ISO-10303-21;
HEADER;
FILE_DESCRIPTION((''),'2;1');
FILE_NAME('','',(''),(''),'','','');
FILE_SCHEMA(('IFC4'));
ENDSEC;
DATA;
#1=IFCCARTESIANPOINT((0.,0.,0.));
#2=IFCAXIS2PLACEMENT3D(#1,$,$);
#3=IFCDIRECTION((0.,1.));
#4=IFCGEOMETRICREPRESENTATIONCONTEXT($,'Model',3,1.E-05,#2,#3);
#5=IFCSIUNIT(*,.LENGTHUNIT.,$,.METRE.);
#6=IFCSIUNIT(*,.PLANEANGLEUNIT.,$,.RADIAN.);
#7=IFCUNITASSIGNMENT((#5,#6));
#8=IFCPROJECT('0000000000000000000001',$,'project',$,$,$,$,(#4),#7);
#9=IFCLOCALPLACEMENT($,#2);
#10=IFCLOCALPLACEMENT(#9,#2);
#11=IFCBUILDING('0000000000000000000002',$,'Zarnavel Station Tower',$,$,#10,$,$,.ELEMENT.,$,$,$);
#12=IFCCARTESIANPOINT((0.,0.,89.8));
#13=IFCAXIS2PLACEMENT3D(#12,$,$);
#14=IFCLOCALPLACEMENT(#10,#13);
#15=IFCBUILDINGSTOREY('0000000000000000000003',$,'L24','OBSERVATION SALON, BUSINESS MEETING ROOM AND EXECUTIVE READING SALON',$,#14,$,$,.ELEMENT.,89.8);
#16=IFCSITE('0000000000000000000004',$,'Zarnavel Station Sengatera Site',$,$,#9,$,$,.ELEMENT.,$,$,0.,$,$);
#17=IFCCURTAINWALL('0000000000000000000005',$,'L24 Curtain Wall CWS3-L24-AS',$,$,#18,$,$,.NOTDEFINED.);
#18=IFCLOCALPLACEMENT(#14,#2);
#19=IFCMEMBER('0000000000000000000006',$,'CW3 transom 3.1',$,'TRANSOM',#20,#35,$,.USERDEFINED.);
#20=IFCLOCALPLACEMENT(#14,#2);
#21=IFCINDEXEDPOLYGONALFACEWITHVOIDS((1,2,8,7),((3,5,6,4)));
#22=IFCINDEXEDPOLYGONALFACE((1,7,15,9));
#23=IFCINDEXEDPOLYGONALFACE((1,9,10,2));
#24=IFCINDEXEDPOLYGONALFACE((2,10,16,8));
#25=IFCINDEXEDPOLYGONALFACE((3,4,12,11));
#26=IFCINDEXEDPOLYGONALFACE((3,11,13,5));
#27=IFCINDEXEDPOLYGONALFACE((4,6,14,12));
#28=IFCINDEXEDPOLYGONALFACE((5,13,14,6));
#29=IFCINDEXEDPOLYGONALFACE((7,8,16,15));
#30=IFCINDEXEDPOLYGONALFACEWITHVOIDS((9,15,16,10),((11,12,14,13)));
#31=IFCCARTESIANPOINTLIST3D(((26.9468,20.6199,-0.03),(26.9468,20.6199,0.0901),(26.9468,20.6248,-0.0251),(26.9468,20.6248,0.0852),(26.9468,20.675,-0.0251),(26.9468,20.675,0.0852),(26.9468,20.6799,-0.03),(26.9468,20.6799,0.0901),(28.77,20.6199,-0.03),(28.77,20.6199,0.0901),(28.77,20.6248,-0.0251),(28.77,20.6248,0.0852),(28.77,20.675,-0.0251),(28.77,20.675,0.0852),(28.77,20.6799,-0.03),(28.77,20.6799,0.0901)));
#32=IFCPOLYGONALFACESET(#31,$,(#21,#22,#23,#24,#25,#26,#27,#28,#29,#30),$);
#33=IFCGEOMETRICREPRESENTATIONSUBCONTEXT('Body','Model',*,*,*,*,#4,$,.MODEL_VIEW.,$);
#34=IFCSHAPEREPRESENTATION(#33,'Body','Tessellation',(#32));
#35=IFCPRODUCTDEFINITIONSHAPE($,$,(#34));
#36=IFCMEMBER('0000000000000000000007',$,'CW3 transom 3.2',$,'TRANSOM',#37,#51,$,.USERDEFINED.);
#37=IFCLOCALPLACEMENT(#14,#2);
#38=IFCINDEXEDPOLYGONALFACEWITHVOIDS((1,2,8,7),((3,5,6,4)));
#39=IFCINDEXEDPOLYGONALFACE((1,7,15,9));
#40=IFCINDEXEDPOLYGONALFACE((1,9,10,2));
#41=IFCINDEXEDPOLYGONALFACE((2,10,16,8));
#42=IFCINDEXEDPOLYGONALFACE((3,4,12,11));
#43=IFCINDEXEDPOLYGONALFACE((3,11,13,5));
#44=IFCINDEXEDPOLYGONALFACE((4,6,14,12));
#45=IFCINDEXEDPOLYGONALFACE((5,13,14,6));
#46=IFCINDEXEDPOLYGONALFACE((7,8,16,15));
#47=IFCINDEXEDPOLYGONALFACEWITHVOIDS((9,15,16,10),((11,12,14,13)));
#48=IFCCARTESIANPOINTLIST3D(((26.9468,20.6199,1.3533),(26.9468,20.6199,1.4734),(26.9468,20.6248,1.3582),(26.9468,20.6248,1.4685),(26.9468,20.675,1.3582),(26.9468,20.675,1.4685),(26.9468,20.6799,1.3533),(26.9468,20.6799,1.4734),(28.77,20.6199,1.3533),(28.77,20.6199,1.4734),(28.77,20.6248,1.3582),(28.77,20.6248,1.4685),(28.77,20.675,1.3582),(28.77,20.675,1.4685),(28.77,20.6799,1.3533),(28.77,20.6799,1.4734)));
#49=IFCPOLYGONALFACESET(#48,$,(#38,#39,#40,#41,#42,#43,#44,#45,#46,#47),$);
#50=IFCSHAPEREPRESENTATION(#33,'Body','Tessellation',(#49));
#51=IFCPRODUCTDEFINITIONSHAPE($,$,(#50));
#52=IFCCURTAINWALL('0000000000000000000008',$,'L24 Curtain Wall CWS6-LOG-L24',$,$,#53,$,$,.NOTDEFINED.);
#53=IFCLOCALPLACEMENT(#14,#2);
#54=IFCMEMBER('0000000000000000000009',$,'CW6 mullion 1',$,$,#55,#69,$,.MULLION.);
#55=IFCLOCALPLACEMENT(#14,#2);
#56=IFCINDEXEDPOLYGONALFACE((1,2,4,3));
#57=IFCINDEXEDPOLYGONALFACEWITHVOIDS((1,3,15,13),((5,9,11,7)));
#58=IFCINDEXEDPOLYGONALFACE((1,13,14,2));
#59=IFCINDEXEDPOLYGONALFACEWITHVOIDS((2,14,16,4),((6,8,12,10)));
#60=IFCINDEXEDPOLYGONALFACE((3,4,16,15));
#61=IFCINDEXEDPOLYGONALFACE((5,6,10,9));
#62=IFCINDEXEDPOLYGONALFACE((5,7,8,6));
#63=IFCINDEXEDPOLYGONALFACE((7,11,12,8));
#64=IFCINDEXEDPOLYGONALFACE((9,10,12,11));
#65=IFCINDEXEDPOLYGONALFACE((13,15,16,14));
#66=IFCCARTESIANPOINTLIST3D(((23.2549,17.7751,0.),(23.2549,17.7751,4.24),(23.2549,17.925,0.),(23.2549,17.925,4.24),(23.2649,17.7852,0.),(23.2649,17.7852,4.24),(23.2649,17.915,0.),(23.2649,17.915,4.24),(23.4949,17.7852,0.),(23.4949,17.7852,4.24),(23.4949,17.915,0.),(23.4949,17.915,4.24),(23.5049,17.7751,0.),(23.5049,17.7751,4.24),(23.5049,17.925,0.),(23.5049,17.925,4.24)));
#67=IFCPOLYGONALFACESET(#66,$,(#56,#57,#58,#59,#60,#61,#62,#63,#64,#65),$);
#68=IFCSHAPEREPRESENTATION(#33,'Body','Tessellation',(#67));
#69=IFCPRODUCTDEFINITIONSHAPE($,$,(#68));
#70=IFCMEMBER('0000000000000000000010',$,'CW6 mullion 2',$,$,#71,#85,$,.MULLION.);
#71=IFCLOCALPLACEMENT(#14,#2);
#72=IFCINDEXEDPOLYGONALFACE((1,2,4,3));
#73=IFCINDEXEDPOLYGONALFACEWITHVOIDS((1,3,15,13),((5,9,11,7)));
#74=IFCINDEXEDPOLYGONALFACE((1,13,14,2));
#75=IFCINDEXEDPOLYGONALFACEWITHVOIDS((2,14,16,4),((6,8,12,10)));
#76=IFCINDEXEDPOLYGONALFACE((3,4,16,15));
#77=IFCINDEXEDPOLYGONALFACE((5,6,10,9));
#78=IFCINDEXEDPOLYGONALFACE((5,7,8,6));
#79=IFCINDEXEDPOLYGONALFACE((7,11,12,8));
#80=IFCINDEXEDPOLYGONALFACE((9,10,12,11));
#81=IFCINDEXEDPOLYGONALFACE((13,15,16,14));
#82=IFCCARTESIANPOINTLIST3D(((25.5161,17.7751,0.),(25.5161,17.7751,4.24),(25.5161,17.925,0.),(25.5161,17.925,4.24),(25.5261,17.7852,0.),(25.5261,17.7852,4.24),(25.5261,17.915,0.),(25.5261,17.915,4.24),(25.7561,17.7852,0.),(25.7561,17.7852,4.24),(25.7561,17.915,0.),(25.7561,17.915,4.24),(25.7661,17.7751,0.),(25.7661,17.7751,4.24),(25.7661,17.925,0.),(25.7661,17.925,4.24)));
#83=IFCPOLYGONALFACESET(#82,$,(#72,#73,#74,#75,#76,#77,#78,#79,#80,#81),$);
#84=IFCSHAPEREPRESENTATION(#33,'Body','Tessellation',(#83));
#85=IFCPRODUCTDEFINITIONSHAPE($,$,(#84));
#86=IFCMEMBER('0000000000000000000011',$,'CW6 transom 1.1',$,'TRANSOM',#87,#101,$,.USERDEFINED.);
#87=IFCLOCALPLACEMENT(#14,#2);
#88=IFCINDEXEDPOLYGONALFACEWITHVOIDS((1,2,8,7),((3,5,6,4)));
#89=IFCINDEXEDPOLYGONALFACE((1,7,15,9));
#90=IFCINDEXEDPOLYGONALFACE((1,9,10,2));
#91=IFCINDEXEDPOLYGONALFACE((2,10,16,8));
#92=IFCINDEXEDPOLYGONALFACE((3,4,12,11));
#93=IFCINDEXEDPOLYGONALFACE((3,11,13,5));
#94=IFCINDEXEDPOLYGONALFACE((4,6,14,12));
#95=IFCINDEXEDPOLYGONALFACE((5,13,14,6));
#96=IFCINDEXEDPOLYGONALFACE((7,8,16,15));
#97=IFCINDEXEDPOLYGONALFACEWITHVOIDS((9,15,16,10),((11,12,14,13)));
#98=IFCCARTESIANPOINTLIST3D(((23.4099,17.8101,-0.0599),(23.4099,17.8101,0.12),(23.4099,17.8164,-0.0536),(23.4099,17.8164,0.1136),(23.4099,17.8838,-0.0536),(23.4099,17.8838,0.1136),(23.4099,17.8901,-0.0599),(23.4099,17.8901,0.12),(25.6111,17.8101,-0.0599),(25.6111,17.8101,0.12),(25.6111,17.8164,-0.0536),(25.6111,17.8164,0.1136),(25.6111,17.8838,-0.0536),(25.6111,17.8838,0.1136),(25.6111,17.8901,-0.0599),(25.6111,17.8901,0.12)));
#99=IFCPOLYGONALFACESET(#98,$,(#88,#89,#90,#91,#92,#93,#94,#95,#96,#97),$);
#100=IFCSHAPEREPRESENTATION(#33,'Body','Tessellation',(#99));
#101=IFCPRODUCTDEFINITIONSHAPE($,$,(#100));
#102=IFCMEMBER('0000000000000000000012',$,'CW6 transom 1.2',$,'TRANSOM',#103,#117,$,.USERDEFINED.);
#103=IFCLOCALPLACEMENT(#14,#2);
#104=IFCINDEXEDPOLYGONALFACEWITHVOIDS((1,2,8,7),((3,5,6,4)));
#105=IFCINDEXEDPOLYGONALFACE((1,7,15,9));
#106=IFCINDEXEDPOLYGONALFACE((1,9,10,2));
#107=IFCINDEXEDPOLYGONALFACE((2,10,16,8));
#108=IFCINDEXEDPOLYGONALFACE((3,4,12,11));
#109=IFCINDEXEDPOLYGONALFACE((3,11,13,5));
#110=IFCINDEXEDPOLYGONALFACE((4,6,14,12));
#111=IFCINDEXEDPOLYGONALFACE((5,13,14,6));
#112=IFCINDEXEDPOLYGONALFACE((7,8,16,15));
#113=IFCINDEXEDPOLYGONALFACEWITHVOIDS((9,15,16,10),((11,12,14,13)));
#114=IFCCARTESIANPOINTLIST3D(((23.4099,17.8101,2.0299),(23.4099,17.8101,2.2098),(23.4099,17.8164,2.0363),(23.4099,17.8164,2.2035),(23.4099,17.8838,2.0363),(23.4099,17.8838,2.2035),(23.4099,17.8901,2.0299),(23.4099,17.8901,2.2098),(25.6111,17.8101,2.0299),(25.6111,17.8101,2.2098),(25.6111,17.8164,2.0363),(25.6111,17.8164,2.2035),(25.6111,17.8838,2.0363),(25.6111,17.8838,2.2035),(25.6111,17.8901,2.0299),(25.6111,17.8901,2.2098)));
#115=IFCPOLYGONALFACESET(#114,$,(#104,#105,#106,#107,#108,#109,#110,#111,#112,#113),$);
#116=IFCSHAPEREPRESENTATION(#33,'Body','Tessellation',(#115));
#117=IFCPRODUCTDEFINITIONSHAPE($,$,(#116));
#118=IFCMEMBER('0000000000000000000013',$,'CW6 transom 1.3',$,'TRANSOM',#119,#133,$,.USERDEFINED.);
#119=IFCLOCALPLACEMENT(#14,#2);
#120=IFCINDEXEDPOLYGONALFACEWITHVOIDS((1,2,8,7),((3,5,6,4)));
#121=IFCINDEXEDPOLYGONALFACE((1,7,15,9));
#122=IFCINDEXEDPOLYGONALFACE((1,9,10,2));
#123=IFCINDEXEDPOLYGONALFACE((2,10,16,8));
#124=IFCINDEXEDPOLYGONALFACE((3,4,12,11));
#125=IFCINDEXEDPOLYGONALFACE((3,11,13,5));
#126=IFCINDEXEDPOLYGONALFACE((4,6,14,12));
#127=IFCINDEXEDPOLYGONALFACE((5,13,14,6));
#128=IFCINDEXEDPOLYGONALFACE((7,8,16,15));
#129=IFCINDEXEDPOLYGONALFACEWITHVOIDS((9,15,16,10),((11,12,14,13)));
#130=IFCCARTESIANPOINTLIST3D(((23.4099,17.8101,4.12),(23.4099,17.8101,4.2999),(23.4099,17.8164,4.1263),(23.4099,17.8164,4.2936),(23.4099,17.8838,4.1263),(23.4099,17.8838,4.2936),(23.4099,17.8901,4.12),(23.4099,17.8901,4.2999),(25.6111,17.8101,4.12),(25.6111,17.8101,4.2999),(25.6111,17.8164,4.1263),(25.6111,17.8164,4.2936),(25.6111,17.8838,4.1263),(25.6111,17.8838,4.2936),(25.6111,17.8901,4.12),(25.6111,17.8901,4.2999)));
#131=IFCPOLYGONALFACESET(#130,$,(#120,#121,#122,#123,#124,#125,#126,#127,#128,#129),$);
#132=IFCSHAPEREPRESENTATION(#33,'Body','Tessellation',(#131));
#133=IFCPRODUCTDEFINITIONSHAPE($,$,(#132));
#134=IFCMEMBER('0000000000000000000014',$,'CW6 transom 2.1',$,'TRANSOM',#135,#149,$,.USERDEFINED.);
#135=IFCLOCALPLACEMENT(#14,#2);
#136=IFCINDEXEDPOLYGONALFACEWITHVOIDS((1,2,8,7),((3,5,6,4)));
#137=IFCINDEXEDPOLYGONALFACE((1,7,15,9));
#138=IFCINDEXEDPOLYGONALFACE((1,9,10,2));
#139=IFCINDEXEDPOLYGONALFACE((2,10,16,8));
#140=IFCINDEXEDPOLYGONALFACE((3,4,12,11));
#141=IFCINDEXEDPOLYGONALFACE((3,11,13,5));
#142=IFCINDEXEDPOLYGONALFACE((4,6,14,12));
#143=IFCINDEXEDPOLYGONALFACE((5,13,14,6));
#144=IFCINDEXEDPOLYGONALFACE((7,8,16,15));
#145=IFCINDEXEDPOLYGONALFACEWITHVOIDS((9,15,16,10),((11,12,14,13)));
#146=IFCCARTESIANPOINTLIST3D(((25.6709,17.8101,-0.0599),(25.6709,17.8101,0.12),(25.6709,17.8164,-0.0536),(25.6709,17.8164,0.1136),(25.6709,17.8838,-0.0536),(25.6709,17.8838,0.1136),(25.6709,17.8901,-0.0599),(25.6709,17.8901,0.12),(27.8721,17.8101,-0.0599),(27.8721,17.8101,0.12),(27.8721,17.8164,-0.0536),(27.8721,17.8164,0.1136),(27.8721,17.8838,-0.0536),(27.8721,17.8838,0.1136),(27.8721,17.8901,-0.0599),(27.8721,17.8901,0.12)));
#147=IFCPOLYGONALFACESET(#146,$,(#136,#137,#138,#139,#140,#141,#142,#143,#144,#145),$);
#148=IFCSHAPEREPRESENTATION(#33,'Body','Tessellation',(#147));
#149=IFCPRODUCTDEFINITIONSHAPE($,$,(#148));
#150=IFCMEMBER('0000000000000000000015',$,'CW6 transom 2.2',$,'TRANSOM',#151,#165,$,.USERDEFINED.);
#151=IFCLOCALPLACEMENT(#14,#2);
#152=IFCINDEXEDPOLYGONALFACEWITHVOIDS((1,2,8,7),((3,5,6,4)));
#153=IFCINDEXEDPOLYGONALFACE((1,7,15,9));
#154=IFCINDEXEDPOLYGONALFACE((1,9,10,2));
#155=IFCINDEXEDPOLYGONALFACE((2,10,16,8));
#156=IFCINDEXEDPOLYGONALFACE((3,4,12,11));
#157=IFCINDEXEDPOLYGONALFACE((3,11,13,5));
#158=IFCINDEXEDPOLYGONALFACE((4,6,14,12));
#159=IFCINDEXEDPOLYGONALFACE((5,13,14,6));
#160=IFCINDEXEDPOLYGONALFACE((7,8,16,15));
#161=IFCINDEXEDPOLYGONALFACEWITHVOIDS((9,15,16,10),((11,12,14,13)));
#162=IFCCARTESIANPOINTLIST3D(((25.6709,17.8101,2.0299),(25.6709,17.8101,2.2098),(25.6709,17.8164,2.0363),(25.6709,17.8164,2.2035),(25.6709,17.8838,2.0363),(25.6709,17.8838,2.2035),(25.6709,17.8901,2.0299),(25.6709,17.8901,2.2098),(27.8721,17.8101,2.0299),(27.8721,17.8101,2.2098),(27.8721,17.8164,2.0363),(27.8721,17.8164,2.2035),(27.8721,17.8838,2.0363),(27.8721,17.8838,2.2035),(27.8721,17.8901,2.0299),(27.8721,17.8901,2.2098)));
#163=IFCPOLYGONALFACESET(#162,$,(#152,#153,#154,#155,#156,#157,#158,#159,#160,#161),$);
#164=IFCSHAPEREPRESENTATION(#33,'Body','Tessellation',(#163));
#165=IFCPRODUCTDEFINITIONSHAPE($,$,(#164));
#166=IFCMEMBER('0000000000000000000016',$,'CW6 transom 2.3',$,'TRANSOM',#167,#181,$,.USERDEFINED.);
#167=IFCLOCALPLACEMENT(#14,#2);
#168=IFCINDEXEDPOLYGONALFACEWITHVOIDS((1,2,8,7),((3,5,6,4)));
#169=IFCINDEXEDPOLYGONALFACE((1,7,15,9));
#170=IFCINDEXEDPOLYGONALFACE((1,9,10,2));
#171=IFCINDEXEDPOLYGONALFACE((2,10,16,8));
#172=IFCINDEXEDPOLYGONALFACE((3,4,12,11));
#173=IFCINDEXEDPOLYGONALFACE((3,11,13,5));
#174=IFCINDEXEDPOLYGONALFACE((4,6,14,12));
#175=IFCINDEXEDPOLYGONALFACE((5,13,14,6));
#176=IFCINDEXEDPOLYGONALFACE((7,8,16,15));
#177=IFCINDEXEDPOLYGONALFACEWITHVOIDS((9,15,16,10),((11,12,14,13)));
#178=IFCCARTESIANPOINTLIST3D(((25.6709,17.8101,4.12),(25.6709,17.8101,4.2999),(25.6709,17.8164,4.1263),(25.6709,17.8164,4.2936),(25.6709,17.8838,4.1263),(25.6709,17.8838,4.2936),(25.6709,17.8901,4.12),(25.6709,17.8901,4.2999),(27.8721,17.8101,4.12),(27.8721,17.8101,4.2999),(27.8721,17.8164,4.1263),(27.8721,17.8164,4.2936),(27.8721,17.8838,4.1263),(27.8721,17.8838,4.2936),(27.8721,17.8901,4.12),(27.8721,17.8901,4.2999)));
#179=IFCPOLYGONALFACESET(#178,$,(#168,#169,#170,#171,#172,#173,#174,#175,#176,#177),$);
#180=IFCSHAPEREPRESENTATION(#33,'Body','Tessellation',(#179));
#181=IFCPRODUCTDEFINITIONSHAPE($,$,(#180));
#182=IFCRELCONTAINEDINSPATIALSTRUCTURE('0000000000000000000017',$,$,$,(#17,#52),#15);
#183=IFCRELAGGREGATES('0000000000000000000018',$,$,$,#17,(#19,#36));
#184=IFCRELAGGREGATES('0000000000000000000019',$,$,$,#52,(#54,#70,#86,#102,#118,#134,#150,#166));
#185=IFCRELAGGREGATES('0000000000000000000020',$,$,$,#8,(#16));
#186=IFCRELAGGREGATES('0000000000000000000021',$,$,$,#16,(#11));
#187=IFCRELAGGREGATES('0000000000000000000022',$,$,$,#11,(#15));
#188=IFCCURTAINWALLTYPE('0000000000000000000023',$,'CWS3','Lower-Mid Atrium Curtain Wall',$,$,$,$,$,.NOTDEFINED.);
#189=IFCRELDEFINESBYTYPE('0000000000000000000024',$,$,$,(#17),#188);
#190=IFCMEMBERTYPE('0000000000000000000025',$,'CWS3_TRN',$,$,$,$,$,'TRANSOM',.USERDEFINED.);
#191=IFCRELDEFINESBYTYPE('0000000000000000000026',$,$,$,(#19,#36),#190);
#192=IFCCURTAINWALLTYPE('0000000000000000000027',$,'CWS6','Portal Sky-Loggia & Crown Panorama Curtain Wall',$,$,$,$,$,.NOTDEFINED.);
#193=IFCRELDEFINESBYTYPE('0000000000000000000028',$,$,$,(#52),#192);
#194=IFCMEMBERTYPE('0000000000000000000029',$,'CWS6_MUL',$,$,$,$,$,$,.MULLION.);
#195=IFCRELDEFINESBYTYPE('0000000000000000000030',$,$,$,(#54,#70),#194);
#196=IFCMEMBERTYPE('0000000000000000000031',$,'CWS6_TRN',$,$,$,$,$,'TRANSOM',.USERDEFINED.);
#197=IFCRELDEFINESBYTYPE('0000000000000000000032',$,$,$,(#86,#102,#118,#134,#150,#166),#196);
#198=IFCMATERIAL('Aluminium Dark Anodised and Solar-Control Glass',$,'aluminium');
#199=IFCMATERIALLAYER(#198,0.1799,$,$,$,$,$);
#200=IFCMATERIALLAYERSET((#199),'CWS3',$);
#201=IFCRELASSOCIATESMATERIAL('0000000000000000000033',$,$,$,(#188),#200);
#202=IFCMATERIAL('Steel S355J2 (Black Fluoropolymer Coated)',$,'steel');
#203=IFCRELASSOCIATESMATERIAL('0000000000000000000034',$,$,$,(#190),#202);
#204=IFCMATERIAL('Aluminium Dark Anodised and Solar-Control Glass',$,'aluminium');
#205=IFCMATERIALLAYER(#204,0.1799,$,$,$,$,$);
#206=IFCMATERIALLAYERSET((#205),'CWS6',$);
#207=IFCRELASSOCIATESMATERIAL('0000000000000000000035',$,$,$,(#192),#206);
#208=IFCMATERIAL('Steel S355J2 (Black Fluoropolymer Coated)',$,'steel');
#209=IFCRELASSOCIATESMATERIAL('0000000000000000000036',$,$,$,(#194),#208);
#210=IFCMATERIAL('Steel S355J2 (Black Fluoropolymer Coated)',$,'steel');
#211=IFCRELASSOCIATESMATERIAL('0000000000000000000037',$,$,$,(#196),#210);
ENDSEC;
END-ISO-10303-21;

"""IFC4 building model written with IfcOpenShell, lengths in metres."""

from ifc_helpers import new_model, si_unit, direction, frame, origin, origin_2d, place, context, subcontext, project, spatial, hollow_rectangle, extrude, material, layer, layer_set, material_profile, profile_set, type_object, element, aggregate, save


model = new_model("IFC4")

# Units and contexts
model_context = context("Model", 3, precision=1e-05, world=origin(), true_north=direction((0.0, 1.0)))
body_context = subcontext(model_context, "Body", "Model", "MODEL_VIEW")
ifc_project = project(units=[si_unit("LENGTHUNIT", "METRE"), si_unit("PLANEANGLEUNIT", "RADIAN")], contexts=[model_context])

# Site, building, storey
site_placement = place(None, origin())
site = spatial("IfcSite", under=ifc_project, at=site_placement, Name="Zarnavel Station Sengatera Site", CompositionType="ELEMENT", RefElevation=0.0)
building_placement = place(site_placement, origin())
building = spatial("IfcBuilding", under=site, at=building_placement, Name="Zarnavel Station Tower", CompositionType="ELEMENT")
storey_placement = place(building_placement, frame((0.0, 0.0, 89.8)))
storey = spatial("IfcBuildingStorey", under=building, at=storey_placement, Name="L24", Description="OBSERVATION SALON, BUSINESS MEETING ROOM AND EXECUTIVE READING SALON", CompositionType="ELEMENT", Elevation=89.8)

# Curtain walls, members
ifc_material_1 = material(Name="Aluminium Dark Anodised and Solar-Control Glass", Category="aluminium")
ifc_layer_1 = layer(ifc_material_1, 0.1799)
ifc_layer_set_1 = layer_set([ifc_layer_1], Name="CWS3")
curtain_wall_type_1 = type_object("IfcCurtainWallType", Name="CWS3", Description="Lower-Mid Atrium Curtain Wall", PredefinedType="NOTDEFINED", material=ifc_layer_set_1)
curtain_wall_1_placement = place(storey_placement, origin())
curtain_wall_1 = element("IfcCurtainWall", 1, at=curtain_wall_1_placement, inside=storey, type_object=curtain_wall_type_1, Name="L24 Curtain Wall CWS3-L24-AS", PredefinedType="NOTDEFINED")
ifc_material_2 = material(Name="Steel S355J2 (Black Fluoropolymer Coated)", Category="steel")
ifc_material_profile_1 = material_profile(ifc_material_2, hollow_rectangle(XDim=0.0601, YDim=0.1201, WallThickness=0.0049, at=origin_2d()), Name="RHS120x60x5")
ifc_profile_set_1 = profile_set([ifc_material_profile_1], Name="Steel S355J2 (Black Fluoropolymer Coated)")
member_type_1 = type_object("IfcMemberType", Name="CWS3_TRN", ElementType="TRANSOM", PredefinedType="USERDEFINED", material=ifc_profile_set_1)
member_1_placement = place(storey_placement, frame((26.9468, 20.6499, 0.03), z_axis=(1.0, 0.0, 0.0), x_axis=(0.0, 1.0, 0.0)))
member_1 = element("IfcMember", 2, at=member_1_placement, type_object=member_type_1, Name="CW3 transom 3.1", ObjectType="TRANSOM", PredefinedType="USERDEFINED", context=body_context, shape_type="SweptSolid", body=[
    extrude(hollow_rectangle(XDim=0.0601, YDim=0.1201, WallThickness=0.0049, at=origin_2d()), origin(), (0.0, 0.0, 1.0), 1.8232),
])
member_2_placement = place(storey_placement, frame((26.9468, 20.6499, 1.4133), z_axis=(1.0, 0.0, 0.0), x_axis=(0.0, 1.0, 0.0)))
member_2 = element("IfcMember", 3, at=member_2_placement, type_object=member_type_1, Name="CW3 transom 3.2", ObjectType="TRANSOM", PredefinedType="USERDEFINED", context=body_context, shape_type="SweptSolid", body=[
    extrude(hollow_rectangle(XDim=0.0601, YDim=0.1201, WallThickness=0.0049, at=origin_2d()), origin(), (0.0, 0.0, 1.0), 1.8232),
])
ifc_material_3 = material(Name="Aluminium Dark Anodised and Solar-Control Glass", Category="aluminium")
ifc_layer_2 = layer(ifc_material_3, 0.1799)
ifc_layer_set_2 = layer_set([ifc_layer_2], Name="CWS6")
curtain_wall_type_2 = type_object("IfcCurtainWallType", Name="CWS6", Description="Portal Sky-Loggia & Crown Panorama Curtain Wall", PredefinedType="NOTDEFINED", material=ifc_layer_set_2)
curtain_wall_2_placement = place(storey_placement, origin())
curtain_wall_2 = element("IfcCurtainWall", 4, at=curtain_wall_2_placement, inside=storey, type_object=curtain_wall_type_2, Name="L24 Curtain Wall CWS6-LOG-L24", PredefinedType="NOTDEFINED")
ifc_material_4 = material(Name="Steel S355J2 (Black Fluoropolymer Coated)", Category="steel")
ifc_material_profile_2 = material_profile(ifc_material_4, hollow_rectangle(XDim=0.1499, YDim=0.25, WallThickness=0.01, at=origin_2d()), Name="RHS250x150x10")
ifc_profile_set_2 = profile_set([ifc_material_profile_2], Name="Steel S355J2 (Black Fluoropolymer Coated)")
member_type_2 = type_object("IfcMemberType", Name="CWS6_MUL", PredefinedType="MULLION", material=ifc_profile_set_2)
member_3_placement = place(storey_placement, frame((23.3799, 17.8501, 0.0), z_axis=(0.0, 0.0, 1.0), x_axis=(0.0, 1.0, 0.0)))
member_3 = element("IfcMember", 5, at=member_3_placement, type_object=member_type_2, Name="CW6 mullion 1", PredefinedType="MULLION", context=body_context, shape_type="SweptSolid", body=[
    extrude(hollow_rectangle(XDim=0.1499, YDim=0.25, WallThickness=0.01, at=origin_2d()), origin(), (0.0, 0.0, 1.0), 4.24),
])
member_4_placement = place(storey_placement, frame((25.6411, 17.8501, 0.0), z_axis=(0.0, 0.0, 1.0), x_axis=(0.0, 1.0, 0.0)))
member_4 = element("IfcMember", 6, at=member_4_placement, type_object=member_type_2, Name="CW6 mullion 2", PredefinedType="MULLION", context=body_context, shape_type="SweptSolid", body=[
    extrude(hollow_rectangle(XDim=0.1499, YDim=0.25, WallThickness=0.01, at=origin_2d()), origin(), (0.0, 0.0, 1.0), 4.24),
])
ifc_material_5 = material(Name="Steel S355J2 (Black Fluoropolymer Coated)", Category="steel")
ifc_material_profile_3 = material_profile(ifc_material_5, hollow_rectangle(XDim=0.0801, YDim=0.1799, WallThickness=0.0063, at=origin_2d()), Name="RHS180x80x6.3")
ifc_profile_set_3 = profile_set([ifc_material_profile_3], Name="Steel S355J2 (Black Fluoropolymer Coated)")
member_type_3 = type_object("IfcMemberType", Name="CWS6_TRN", ElementType="TRANSOM", PredefinedType="USERDEFINED", material=ifc_profile_set_3)
member_5_placement = place(storey_placement, frame((23.4099, 17.8501, 0.03), z_axis=(1.0, 0.0, 0.0), x_axis=(0.0, 1.0, 0.0)))
member_5 = element("IfcMember", 7, at=member_5_placement, type_object=member_type_3, Name="CW6 transom 1.1", ObjectType="TRANSOM", PredefinedType="USERDEFINED", context=body_context, shape_type="SweptSolid", body=[
    extrude(hollow_rectangle(XDim=0.0801, YDim=0.1799, WallThickness=0.0063, at=origin_2d()), origin(), (0.0, 0.0, 1.0), 2.2012),
])
member_6_placement = place(storey_placement, frame((23.4099, 17.8501, 2.1199), z_axis=(1.0, 0.0, 0.0), x_axis=(0.0, 1.0, 0.0)))
member_6 = element("IfcMember", 8, at=member_6_placement, type_object=member_type_3, Name="CW6 transom 1.2", ObjectType="TRANSOM", PredefinedType="USERDEFINED", context=body_context, shape_type="SweptSolid", body=[
    extrude(hollow_rectangle(XDim=0.0801, YDim=0.1799, WallThickness=0.0063, at=origin_2d()), origin(), (0.0, 0.0, 1.0), 2.2012),
])
member_7_placement = place(storey_placement, frame((23.4099, 17.8501, 4.21), z_axis=(1.0, 0.0, 0.0), x_axis=(0.0, 1.0, 0.0)))
member_7 = element("IfcMember", 9, at=member_7_placement, type_object=member_type_3, Name="CW6 transom 1.3", ObjectType="TRANSOM", PredefinedType="USERDEFINED", context=body_context, shape_type="SweptSolid", body=[
    extrude(hollow_rectangle(XDim=0.0801, YDim=0.1799, WallThickness=0.0063, at=origin_2d()), origin(), (0.0, 0.0, 1.0), 2.2012),
])
member_8_placement = place(storey_placement, frame((25.6709, 17.8501, 0.03), z_axis=(1.0, 0.0, 0.0), x_axis=(0.0, 1.0, 0.0)))
member_8 = element("IfcMember", 10, at=member_8_placement, type_object=member_type_3, Name="CW6 transom 2.1", ObjectType="TRANSOM", PredefinedType="USERDEFINED", context=body_context, shape_type="SweptSolid", body=[
    extrude(hollow_rectangle(XDim=0.0801, YDim=0.1799, WallThickness=0.0063, at=origin_2d()), origin(), (0.0, 0.0, 1.0), 2.2012),
])
member_9_placement = place(storey_placement, frame((25.6709, 17.8501, 2.1199), z_axis=(1.0, 0.0, 0.0), x_axis=(0.0, 1.0, 0.0)))
member_9 = element("IfcMember", 11, at=member_9_placement, type_object=member_type_3, Name="CW6 transom 2.2", ObjectType="TRANSOM", PredefinedType="USERDEFINED", context=body_context, shape_type="SweptSolid", body=[
    extrude(hollow_rectangle(XDim=0.0801, YDim=0.1799, WallThickness=0.0063, at=origin_2d()), origin(), (0.0, 0.0, 1.0), 2.2012),
])
member_10_placement = place(storey_placement, frame((25.6709, 17.8501, 4.21), z_axis=(1.0, 0.0, 0.0), x_axis=(0.0, 1.0, 0.0)))
member_10 = element("IfcMember", 12, at=member_10_placement, type_object=member_type_3, Name="CW6 transom 2.3", ObjectType="TRANSOM", PredefinedType="USERDEFINED", context=body_context, shape_type="SweptSolid", body=[
    extrude(hollow_rectangle(XDim=0.0801, YDim=0.1799, WallThickness=0.0063, at=origin_2d()), origin(), (0.0, 0.0, 1.0), 2.2012),
])

aggregate(curtain_wall_1, [member_1, member_2])
aggregate(curtain_wall_2, [member_3, member_4, member_5, member_6, member_7, member_8, member_9, member_10])

save(model, "model.ifc")
